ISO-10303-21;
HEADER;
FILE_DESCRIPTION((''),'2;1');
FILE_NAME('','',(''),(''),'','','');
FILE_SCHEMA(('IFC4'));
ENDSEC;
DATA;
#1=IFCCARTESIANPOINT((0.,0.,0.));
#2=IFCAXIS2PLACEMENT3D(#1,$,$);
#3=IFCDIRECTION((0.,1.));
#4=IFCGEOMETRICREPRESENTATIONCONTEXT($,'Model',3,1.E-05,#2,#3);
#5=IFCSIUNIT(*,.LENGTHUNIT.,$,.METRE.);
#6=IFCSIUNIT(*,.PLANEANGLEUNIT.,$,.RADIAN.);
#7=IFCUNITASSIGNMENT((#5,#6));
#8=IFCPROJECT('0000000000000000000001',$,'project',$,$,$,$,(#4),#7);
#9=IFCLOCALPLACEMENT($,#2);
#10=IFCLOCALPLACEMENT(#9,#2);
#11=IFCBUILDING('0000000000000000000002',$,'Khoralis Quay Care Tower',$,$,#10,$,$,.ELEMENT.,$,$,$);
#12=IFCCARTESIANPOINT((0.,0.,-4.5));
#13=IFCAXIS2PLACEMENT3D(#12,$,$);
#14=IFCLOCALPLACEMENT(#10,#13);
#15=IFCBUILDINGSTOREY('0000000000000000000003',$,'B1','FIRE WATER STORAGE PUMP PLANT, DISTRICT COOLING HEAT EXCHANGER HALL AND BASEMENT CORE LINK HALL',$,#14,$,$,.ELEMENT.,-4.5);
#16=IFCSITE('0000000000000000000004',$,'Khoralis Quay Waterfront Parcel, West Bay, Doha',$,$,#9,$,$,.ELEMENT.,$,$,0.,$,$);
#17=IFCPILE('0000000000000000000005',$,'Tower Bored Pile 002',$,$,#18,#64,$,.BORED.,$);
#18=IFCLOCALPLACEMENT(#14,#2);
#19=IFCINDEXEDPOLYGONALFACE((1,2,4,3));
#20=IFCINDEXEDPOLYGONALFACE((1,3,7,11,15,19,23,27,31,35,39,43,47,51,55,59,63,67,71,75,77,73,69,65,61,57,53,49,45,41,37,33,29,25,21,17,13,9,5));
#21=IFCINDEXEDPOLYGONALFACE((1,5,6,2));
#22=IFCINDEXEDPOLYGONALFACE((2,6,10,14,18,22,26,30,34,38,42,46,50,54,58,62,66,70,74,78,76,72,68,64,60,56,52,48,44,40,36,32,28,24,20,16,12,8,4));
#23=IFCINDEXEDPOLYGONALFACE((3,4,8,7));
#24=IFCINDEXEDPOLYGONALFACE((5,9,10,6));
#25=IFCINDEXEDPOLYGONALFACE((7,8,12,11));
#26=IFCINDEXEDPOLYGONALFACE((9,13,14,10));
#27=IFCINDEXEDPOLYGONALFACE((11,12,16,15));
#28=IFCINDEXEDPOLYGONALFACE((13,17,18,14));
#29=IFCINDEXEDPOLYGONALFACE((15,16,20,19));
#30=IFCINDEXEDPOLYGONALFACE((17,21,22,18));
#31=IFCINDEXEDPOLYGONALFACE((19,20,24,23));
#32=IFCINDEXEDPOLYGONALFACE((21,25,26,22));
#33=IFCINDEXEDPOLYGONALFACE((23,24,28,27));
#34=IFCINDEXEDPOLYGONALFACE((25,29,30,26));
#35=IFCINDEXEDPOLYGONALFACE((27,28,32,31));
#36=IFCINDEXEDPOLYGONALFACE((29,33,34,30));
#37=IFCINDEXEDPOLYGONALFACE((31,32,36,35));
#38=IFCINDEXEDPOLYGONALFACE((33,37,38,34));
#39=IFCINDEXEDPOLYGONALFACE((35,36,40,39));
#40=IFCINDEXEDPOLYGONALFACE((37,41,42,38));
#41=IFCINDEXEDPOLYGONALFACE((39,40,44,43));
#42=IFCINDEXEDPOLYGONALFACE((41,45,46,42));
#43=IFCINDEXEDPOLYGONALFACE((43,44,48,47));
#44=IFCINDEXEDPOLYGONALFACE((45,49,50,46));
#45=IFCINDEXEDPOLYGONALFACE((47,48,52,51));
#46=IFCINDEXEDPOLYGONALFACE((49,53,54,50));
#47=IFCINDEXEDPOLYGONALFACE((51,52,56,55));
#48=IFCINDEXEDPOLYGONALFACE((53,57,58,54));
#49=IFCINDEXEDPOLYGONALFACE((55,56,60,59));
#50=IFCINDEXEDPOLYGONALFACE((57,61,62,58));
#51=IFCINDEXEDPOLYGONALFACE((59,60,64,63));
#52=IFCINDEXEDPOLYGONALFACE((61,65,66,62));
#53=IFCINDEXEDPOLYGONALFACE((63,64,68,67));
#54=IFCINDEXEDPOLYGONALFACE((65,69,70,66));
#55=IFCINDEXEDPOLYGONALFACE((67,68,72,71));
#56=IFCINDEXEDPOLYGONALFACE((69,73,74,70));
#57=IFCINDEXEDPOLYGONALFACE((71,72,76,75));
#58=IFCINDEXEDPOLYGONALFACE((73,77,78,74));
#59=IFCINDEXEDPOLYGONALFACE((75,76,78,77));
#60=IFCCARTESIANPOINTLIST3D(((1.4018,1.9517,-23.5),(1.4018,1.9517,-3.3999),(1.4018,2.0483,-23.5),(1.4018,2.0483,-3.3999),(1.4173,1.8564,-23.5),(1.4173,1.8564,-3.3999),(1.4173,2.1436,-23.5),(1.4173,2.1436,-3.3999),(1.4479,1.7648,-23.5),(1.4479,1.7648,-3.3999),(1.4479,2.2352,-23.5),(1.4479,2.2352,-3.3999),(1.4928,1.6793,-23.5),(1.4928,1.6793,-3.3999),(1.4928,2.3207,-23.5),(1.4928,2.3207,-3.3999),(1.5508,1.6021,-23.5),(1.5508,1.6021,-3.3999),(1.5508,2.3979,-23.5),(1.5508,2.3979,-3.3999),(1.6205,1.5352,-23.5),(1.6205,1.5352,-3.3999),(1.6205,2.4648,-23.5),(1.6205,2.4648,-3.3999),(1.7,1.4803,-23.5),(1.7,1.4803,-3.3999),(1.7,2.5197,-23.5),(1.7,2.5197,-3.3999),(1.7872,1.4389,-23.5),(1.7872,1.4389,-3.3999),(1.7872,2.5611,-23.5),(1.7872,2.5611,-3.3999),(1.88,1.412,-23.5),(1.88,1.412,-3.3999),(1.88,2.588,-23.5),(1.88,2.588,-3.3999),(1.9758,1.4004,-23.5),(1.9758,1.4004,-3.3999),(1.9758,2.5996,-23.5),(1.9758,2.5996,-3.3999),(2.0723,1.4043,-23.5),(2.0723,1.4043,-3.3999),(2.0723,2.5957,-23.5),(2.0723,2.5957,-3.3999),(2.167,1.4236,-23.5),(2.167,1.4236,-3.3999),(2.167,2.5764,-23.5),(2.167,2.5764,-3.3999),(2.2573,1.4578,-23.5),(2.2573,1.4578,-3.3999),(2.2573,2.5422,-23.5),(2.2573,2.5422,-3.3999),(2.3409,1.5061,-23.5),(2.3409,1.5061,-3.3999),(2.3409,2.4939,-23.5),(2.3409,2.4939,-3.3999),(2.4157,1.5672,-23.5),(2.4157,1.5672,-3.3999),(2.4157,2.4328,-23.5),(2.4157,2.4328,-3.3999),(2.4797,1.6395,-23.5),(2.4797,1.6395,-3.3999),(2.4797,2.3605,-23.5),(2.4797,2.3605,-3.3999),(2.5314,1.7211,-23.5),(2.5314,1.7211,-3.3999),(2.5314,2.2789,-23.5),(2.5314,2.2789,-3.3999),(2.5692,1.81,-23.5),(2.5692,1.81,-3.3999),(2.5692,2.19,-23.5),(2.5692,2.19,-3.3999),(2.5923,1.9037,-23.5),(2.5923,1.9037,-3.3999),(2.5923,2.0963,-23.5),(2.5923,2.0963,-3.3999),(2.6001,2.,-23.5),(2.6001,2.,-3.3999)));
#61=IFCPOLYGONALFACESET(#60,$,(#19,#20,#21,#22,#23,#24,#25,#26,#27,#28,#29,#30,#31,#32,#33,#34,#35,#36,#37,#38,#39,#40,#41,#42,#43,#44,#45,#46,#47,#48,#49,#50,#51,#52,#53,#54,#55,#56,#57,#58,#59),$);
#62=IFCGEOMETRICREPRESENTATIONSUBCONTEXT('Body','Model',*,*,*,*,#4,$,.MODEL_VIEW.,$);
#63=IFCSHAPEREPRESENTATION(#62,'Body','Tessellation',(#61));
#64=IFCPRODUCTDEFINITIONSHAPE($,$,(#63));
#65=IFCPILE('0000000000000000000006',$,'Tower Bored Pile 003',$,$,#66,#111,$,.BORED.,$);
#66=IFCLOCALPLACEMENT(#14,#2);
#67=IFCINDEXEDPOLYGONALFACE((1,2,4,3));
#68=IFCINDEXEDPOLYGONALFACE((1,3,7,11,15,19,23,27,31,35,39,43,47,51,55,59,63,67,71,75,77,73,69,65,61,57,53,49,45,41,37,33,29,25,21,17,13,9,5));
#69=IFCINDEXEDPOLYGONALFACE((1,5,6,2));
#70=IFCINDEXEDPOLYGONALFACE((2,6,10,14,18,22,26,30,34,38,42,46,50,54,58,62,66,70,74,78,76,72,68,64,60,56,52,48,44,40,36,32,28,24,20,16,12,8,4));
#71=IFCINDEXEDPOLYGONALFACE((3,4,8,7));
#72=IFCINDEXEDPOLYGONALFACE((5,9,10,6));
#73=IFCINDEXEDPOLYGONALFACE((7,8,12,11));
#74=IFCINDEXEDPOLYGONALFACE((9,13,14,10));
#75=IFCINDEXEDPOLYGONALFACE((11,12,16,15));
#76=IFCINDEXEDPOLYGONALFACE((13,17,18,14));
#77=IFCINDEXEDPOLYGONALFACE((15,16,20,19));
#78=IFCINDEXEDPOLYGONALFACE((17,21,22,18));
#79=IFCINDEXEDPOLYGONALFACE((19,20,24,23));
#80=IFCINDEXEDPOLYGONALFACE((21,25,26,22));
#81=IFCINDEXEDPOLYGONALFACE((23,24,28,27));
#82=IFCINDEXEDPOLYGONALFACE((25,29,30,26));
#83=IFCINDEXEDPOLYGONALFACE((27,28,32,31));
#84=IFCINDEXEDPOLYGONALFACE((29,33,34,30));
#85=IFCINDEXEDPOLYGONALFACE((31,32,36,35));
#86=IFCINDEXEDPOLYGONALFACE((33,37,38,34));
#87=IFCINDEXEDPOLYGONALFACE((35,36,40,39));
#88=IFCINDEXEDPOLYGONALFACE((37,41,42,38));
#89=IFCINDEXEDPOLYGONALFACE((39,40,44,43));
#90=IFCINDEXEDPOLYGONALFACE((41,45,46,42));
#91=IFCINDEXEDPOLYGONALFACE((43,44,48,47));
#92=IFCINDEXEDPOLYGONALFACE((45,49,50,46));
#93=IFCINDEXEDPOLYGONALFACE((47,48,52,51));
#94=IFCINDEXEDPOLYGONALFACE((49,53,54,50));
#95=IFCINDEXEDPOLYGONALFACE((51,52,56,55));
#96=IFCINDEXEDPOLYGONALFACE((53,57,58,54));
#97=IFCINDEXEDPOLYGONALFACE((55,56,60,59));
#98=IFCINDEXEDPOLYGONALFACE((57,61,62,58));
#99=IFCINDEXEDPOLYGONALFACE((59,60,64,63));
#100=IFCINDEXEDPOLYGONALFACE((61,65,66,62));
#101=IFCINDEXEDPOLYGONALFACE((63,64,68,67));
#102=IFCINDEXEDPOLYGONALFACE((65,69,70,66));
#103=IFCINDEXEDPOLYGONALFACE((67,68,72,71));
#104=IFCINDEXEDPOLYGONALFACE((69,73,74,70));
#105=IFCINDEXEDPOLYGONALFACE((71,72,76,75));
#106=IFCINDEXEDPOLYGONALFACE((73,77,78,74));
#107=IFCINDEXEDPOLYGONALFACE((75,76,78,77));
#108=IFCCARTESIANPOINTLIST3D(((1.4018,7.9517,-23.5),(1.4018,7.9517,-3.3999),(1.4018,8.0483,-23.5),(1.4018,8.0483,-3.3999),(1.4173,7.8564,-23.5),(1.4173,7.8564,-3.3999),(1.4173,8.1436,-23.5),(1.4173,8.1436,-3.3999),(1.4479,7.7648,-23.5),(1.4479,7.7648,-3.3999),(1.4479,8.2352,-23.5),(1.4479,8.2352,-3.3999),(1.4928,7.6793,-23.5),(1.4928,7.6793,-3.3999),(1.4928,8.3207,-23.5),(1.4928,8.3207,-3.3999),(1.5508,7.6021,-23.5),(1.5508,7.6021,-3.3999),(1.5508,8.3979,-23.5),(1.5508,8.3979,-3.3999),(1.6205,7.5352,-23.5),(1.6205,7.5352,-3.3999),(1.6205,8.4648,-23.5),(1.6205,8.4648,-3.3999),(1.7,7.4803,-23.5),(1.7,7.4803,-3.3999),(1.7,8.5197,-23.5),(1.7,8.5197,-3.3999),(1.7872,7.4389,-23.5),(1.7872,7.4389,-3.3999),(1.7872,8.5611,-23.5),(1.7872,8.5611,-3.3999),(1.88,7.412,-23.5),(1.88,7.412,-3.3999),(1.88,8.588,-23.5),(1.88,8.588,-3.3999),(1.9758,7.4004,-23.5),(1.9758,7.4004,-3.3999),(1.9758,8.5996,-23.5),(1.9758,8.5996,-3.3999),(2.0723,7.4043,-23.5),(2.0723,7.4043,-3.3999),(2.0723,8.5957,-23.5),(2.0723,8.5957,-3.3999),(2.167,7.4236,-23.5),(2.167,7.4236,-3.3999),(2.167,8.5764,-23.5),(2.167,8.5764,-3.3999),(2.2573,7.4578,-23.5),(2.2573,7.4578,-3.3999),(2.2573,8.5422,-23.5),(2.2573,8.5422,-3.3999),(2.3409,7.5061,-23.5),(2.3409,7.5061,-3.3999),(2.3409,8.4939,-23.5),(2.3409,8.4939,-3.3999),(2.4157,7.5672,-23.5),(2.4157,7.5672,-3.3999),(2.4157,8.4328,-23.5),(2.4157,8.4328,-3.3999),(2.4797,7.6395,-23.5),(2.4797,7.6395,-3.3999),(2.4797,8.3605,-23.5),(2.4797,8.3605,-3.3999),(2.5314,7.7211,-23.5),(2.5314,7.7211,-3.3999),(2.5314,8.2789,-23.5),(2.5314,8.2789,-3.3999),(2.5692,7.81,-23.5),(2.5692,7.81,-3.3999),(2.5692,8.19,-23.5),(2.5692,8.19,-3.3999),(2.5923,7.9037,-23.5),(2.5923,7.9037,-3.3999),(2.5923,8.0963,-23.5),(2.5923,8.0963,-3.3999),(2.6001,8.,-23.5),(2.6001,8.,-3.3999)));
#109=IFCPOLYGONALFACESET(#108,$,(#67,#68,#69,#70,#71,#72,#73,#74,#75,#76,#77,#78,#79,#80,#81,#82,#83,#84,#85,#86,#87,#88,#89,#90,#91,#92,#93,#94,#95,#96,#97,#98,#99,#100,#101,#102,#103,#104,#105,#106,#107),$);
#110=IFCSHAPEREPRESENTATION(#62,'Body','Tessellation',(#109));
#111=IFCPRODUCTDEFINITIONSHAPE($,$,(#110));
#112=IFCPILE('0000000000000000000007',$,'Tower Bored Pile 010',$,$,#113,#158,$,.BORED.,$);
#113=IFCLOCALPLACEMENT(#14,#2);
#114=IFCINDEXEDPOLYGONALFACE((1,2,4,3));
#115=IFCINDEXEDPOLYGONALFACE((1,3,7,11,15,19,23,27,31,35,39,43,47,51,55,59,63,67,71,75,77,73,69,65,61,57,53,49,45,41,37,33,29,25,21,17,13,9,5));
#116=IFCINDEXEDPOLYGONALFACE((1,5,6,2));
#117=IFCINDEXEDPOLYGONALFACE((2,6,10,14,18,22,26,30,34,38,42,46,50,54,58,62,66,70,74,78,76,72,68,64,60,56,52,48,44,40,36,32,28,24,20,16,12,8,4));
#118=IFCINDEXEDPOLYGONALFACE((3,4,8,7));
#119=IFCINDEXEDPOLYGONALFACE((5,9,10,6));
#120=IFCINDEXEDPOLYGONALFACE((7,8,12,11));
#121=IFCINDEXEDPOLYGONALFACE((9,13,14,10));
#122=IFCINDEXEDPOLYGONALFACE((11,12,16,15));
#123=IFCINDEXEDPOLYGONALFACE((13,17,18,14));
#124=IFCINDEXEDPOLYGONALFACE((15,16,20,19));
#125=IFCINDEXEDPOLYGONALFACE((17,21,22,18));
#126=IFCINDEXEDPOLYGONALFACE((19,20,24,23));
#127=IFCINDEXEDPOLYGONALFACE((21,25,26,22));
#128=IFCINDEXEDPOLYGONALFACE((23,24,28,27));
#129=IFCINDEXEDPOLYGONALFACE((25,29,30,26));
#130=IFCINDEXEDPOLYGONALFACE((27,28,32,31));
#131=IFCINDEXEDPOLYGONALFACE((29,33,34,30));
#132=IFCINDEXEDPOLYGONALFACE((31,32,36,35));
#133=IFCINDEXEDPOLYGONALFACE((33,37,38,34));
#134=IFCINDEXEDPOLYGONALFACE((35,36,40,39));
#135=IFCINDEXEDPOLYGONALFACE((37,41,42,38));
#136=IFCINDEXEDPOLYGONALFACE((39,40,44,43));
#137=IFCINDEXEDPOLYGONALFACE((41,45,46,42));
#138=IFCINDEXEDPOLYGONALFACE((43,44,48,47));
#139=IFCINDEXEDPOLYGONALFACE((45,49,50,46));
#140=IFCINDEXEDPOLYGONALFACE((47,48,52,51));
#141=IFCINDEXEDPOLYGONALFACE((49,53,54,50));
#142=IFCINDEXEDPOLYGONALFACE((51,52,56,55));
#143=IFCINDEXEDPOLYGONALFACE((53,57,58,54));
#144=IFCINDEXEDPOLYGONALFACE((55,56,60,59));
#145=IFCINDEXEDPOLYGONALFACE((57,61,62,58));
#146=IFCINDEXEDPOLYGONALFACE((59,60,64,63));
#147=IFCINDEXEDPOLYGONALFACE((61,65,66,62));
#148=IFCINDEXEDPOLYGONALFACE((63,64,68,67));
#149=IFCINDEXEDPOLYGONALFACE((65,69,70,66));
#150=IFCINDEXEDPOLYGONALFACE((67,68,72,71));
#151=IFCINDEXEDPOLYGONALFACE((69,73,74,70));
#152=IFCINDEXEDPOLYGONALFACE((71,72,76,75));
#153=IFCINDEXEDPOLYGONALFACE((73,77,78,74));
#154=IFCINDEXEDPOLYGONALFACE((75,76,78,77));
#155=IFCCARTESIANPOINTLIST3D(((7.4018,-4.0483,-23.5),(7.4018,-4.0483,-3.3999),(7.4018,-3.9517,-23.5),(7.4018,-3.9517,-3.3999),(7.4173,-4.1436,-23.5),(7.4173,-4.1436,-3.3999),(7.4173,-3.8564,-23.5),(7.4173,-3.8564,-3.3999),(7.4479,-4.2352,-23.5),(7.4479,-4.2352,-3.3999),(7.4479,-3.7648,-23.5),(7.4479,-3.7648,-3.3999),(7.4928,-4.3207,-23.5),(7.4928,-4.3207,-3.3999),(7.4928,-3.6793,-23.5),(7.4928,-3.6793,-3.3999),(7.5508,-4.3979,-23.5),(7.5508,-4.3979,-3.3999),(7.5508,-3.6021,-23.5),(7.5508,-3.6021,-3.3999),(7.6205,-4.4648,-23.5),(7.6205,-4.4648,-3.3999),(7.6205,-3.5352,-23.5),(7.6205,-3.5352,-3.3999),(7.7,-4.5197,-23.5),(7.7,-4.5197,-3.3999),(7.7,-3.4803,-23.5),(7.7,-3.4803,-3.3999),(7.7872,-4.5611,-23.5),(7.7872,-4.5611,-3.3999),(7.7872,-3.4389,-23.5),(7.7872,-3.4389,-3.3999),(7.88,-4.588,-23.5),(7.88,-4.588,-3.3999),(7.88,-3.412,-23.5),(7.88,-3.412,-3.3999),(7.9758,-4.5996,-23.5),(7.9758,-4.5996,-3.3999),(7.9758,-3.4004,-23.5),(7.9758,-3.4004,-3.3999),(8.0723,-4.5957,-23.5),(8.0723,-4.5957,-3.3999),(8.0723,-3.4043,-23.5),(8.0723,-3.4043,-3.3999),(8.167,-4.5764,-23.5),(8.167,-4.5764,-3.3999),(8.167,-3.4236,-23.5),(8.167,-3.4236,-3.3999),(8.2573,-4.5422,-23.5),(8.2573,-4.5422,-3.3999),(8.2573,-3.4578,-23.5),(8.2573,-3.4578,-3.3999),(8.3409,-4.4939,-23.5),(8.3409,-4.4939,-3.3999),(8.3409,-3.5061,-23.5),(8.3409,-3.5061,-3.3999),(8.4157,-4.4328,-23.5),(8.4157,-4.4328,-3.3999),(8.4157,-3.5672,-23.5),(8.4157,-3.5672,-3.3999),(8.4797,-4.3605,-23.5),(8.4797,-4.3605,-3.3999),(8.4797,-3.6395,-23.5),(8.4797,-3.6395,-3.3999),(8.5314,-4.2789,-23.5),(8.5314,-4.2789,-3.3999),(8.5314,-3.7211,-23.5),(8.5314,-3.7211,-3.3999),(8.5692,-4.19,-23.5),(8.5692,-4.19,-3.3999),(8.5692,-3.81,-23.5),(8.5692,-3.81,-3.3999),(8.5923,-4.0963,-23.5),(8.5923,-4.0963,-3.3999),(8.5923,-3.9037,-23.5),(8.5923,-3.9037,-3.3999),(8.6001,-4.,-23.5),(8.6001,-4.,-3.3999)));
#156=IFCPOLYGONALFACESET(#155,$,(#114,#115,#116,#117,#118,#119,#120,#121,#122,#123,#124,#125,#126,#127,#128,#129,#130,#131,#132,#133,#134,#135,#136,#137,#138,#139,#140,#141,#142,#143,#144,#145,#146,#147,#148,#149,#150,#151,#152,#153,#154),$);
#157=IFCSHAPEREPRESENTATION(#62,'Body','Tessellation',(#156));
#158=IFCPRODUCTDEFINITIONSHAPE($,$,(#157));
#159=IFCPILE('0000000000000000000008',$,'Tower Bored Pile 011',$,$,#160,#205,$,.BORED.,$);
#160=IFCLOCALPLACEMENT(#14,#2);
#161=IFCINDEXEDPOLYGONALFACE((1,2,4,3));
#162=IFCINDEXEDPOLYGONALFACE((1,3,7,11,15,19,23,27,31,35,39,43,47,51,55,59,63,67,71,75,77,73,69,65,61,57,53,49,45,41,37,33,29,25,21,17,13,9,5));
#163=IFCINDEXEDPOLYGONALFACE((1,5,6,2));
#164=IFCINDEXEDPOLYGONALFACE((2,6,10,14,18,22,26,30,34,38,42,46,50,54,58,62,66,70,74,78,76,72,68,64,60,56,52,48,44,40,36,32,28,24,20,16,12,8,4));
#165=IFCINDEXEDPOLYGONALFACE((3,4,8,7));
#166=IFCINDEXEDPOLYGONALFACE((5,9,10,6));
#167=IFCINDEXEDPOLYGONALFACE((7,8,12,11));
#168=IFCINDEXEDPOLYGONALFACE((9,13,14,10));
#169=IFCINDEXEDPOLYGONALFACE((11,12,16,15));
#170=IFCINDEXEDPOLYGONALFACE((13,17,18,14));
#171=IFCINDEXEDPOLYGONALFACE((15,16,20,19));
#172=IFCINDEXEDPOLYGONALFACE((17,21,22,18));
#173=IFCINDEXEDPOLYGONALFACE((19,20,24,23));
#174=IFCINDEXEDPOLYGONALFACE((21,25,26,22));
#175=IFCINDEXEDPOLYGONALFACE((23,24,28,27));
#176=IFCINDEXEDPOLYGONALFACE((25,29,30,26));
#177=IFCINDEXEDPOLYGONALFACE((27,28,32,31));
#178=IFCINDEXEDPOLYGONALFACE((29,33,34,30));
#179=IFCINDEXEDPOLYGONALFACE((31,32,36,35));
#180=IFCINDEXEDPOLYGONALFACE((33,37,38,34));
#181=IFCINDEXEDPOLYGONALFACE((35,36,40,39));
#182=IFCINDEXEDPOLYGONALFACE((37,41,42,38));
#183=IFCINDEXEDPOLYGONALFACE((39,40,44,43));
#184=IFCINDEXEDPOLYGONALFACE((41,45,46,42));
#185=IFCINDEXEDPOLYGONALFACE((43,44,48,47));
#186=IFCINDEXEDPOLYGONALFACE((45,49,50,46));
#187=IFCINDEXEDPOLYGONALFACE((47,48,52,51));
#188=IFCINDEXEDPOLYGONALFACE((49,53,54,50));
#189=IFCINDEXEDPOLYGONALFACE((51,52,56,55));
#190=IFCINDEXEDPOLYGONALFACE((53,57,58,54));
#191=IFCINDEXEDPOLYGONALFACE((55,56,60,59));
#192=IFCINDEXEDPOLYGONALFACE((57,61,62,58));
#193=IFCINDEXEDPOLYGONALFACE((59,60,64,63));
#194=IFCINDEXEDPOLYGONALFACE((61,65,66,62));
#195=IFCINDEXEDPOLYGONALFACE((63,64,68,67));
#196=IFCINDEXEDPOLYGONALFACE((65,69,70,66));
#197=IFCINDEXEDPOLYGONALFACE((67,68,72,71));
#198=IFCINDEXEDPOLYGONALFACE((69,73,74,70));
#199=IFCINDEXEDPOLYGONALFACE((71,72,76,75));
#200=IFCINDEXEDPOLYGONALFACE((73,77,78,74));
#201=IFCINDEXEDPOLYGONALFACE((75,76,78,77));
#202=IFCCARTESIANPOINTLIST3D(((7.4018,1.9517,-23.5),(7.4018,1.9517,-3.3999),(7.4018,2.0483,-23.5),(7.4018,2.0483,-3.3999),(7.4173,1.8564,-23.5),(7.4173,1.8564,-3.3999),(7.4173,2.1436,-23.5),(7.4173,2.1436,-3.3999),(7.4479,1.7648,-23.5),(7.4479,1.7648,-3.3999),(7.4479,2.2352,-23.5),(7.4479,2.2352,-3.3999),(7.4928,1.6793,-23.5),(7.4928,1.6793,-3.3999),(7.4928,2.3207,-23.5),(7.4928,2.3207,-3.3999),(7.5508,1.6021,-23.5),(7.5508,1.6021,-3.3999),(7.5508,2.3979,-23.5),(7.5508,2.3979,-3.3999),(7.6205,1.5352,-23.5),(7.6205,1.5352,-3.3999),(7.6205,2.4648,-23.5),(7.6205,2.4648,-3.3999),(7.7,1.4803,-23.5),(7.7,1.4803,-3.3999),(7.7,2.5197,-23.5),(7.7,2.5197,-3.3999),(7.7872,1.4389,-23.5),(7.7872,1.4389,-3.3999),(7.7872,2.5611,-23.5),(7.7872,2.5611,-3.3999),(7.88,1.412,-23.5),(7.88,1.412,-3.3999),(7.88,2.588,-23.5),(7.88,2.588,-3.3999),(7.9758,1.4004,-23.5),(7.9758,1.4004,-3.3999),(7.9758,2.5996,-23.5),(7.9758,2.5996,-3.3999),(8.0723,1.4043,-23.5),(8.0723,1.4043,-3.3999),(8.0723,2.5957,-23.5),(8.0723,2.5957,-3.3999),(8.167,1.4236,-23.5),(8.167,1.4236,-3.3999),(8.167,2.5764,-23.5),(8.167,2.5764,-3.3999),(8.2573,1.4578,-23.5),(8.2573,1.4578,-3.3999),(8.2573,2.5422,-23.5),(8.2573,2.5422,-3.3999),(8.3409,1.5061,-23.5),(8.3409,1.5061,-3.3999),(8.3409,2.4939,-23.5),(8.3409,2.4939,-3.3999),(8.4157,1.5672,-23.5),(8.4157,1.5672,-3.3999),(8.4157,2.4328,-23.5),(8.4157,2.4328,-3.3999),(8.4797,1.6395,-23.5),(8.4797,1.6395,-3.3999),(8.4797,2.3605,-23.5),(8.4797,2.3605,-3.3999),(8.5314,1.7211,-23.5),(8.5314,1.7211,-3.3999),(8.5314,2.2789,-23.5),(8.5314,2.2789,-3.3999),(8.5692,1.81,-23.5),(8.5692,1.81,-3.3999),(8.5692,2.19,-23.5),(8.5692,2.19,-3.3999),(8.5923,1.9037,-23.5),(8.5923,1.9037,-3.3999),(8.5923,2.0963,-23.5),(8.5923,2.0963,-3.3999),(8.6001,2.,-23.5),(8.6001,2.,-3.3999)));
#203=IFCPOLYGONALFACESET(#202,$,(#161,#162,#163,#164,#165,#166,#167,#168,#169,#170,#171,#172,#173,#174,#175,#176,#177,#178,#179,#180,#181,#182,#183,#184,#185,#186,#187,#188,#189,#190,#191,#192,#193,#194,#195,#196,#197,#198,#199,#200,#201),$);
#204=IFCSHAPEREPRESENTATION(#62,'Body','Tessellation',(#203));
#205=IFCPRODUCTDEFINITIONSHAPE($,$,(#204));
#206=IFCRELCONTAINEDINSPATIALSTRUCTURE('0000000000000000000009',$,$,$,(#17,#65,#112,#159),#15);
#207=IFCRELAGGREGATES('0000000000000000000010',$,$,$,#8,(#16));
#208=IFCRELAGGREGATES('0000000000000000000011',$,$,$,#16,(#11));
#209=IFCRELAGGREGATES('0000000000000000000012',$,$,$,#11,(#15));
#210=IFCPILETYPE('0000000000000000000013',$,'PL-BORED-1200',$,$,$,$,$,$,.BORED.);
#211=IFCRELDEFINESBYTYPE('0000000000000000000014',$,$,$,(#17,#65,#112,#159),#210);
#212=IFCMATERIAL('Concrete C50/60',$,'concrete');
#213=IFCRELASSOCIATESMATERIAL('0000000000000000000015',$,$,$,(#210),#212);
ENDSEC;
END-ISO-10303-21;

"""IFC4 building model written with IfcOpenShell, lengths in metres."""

from ifc_helpers import new_model, si_unit, direction, frame, origin, origin_2d, place, context, subcontext, project, spatial, circle, extrude, source, transform, mapped, material, material_profile, profile_set, type_object, element, save


model = new_model("IFC4")

# Units and contexts
model_context = context("Model", 3, precision=1e-05, world=origin(), true_north=direction((0.0, 1.0)))
body_context = subcontext(model_context, "Body", "Model", "MODEL_VIEW")
ifc_project = project(units=[si_unit("LENGTHUNIT", "METRE"), si_unit("PLANEANGLEUNIT", "RADIAN")], contexts=[model_context])

# Site, building, storey
site_placement = place(None, origin())
site = spatial("IfcSite", under=ifc_project, at=site_placement, Name="Khoralis Quay Waterfront Parcel, West Bay, Doha", CompositionType="ELEMENT", RefElevation=0.0)
building_placement = place(site_placement, origin())
building = spatial("IfcBuilding", under=site, at=building_placement, Name="Khoralis Quay Care Tower", CompositionType="ELEMENT")
storey_placement = place(building_placement, frame((0.0, 0.0, -4.5)))
storey = spatial("IfcBuildingStorey", under=building, at=storey_placement, Name="B1", Description="FIRE WATER STORAGE PUMP PLANT, DISTRICT COOLING HEAT EXCHANGER HALL AND BASEMENT CORE LINK HALL", CompositionType="ELEMENT", Elevation=-4.5)

# Piles
ifc_material_1 = material(Name="Concrete C50/60", Category="concrete")
ifc_material_profile_1 = material_profile(ifc_material_1, circle(Radius=0.6001, at=origin_2d()), Name="Concrete C50/60")
ifc_profile_set_1 = profile_set([ifc_material_profile_1], Name="Concrete C50/60")
pile_type_1 = type_object("IfcPileType", Name="PL-BORED-1200", PredefinedType="BORED", material=ifc_profile_set_1)
shared_shape_1 = source(origin(), body_context, "Body", "SweptSolid", [
    extrude(circle(Radius=0.6001, at=origin_2d()), origin(), (0.0, 0.0, 1.0), 20.1001),
])
for number, where, z_axis, x_axis, name in (
    (1, (2.0, 2.0, -3.3999), (0.0, 0.0, -1.0), (1.0, 0.0, 0.0), "Tower Bored Pile 002"),
    (2, (2.0, 8.0, -3.3999), (0.0, 0.0, -1.0), (1.0, 0.0, 0.0), "Tower Bored Pile 003"),
    (3, (8.0, -4.0, -3.3999), (0.0, 0.0, -1.0), (1.0, 0.0, 0.0), "Tower Bored Pile 010"),
    (4, (8.0, 2.0, -3.3999), (0.0, 0.0, -1.0), (1.0, 0.0, 0.0), "Tower Bored Pile 011"),
):
    element("IfcPile", number, at=place(storey_placement, frame(where, z_axis=z_axis, x_axis=x_axis)), inside=storey, type_object=pile_type_1, Name=name, PredefinedType="BORED", context=body_context, shape_type="MappedRepresentation", body=[
        mapped(shared_shape_1, transform((0.0, 0.0, 0.0), scale=1.0)),
    ])

save(model, "model.ifc")
